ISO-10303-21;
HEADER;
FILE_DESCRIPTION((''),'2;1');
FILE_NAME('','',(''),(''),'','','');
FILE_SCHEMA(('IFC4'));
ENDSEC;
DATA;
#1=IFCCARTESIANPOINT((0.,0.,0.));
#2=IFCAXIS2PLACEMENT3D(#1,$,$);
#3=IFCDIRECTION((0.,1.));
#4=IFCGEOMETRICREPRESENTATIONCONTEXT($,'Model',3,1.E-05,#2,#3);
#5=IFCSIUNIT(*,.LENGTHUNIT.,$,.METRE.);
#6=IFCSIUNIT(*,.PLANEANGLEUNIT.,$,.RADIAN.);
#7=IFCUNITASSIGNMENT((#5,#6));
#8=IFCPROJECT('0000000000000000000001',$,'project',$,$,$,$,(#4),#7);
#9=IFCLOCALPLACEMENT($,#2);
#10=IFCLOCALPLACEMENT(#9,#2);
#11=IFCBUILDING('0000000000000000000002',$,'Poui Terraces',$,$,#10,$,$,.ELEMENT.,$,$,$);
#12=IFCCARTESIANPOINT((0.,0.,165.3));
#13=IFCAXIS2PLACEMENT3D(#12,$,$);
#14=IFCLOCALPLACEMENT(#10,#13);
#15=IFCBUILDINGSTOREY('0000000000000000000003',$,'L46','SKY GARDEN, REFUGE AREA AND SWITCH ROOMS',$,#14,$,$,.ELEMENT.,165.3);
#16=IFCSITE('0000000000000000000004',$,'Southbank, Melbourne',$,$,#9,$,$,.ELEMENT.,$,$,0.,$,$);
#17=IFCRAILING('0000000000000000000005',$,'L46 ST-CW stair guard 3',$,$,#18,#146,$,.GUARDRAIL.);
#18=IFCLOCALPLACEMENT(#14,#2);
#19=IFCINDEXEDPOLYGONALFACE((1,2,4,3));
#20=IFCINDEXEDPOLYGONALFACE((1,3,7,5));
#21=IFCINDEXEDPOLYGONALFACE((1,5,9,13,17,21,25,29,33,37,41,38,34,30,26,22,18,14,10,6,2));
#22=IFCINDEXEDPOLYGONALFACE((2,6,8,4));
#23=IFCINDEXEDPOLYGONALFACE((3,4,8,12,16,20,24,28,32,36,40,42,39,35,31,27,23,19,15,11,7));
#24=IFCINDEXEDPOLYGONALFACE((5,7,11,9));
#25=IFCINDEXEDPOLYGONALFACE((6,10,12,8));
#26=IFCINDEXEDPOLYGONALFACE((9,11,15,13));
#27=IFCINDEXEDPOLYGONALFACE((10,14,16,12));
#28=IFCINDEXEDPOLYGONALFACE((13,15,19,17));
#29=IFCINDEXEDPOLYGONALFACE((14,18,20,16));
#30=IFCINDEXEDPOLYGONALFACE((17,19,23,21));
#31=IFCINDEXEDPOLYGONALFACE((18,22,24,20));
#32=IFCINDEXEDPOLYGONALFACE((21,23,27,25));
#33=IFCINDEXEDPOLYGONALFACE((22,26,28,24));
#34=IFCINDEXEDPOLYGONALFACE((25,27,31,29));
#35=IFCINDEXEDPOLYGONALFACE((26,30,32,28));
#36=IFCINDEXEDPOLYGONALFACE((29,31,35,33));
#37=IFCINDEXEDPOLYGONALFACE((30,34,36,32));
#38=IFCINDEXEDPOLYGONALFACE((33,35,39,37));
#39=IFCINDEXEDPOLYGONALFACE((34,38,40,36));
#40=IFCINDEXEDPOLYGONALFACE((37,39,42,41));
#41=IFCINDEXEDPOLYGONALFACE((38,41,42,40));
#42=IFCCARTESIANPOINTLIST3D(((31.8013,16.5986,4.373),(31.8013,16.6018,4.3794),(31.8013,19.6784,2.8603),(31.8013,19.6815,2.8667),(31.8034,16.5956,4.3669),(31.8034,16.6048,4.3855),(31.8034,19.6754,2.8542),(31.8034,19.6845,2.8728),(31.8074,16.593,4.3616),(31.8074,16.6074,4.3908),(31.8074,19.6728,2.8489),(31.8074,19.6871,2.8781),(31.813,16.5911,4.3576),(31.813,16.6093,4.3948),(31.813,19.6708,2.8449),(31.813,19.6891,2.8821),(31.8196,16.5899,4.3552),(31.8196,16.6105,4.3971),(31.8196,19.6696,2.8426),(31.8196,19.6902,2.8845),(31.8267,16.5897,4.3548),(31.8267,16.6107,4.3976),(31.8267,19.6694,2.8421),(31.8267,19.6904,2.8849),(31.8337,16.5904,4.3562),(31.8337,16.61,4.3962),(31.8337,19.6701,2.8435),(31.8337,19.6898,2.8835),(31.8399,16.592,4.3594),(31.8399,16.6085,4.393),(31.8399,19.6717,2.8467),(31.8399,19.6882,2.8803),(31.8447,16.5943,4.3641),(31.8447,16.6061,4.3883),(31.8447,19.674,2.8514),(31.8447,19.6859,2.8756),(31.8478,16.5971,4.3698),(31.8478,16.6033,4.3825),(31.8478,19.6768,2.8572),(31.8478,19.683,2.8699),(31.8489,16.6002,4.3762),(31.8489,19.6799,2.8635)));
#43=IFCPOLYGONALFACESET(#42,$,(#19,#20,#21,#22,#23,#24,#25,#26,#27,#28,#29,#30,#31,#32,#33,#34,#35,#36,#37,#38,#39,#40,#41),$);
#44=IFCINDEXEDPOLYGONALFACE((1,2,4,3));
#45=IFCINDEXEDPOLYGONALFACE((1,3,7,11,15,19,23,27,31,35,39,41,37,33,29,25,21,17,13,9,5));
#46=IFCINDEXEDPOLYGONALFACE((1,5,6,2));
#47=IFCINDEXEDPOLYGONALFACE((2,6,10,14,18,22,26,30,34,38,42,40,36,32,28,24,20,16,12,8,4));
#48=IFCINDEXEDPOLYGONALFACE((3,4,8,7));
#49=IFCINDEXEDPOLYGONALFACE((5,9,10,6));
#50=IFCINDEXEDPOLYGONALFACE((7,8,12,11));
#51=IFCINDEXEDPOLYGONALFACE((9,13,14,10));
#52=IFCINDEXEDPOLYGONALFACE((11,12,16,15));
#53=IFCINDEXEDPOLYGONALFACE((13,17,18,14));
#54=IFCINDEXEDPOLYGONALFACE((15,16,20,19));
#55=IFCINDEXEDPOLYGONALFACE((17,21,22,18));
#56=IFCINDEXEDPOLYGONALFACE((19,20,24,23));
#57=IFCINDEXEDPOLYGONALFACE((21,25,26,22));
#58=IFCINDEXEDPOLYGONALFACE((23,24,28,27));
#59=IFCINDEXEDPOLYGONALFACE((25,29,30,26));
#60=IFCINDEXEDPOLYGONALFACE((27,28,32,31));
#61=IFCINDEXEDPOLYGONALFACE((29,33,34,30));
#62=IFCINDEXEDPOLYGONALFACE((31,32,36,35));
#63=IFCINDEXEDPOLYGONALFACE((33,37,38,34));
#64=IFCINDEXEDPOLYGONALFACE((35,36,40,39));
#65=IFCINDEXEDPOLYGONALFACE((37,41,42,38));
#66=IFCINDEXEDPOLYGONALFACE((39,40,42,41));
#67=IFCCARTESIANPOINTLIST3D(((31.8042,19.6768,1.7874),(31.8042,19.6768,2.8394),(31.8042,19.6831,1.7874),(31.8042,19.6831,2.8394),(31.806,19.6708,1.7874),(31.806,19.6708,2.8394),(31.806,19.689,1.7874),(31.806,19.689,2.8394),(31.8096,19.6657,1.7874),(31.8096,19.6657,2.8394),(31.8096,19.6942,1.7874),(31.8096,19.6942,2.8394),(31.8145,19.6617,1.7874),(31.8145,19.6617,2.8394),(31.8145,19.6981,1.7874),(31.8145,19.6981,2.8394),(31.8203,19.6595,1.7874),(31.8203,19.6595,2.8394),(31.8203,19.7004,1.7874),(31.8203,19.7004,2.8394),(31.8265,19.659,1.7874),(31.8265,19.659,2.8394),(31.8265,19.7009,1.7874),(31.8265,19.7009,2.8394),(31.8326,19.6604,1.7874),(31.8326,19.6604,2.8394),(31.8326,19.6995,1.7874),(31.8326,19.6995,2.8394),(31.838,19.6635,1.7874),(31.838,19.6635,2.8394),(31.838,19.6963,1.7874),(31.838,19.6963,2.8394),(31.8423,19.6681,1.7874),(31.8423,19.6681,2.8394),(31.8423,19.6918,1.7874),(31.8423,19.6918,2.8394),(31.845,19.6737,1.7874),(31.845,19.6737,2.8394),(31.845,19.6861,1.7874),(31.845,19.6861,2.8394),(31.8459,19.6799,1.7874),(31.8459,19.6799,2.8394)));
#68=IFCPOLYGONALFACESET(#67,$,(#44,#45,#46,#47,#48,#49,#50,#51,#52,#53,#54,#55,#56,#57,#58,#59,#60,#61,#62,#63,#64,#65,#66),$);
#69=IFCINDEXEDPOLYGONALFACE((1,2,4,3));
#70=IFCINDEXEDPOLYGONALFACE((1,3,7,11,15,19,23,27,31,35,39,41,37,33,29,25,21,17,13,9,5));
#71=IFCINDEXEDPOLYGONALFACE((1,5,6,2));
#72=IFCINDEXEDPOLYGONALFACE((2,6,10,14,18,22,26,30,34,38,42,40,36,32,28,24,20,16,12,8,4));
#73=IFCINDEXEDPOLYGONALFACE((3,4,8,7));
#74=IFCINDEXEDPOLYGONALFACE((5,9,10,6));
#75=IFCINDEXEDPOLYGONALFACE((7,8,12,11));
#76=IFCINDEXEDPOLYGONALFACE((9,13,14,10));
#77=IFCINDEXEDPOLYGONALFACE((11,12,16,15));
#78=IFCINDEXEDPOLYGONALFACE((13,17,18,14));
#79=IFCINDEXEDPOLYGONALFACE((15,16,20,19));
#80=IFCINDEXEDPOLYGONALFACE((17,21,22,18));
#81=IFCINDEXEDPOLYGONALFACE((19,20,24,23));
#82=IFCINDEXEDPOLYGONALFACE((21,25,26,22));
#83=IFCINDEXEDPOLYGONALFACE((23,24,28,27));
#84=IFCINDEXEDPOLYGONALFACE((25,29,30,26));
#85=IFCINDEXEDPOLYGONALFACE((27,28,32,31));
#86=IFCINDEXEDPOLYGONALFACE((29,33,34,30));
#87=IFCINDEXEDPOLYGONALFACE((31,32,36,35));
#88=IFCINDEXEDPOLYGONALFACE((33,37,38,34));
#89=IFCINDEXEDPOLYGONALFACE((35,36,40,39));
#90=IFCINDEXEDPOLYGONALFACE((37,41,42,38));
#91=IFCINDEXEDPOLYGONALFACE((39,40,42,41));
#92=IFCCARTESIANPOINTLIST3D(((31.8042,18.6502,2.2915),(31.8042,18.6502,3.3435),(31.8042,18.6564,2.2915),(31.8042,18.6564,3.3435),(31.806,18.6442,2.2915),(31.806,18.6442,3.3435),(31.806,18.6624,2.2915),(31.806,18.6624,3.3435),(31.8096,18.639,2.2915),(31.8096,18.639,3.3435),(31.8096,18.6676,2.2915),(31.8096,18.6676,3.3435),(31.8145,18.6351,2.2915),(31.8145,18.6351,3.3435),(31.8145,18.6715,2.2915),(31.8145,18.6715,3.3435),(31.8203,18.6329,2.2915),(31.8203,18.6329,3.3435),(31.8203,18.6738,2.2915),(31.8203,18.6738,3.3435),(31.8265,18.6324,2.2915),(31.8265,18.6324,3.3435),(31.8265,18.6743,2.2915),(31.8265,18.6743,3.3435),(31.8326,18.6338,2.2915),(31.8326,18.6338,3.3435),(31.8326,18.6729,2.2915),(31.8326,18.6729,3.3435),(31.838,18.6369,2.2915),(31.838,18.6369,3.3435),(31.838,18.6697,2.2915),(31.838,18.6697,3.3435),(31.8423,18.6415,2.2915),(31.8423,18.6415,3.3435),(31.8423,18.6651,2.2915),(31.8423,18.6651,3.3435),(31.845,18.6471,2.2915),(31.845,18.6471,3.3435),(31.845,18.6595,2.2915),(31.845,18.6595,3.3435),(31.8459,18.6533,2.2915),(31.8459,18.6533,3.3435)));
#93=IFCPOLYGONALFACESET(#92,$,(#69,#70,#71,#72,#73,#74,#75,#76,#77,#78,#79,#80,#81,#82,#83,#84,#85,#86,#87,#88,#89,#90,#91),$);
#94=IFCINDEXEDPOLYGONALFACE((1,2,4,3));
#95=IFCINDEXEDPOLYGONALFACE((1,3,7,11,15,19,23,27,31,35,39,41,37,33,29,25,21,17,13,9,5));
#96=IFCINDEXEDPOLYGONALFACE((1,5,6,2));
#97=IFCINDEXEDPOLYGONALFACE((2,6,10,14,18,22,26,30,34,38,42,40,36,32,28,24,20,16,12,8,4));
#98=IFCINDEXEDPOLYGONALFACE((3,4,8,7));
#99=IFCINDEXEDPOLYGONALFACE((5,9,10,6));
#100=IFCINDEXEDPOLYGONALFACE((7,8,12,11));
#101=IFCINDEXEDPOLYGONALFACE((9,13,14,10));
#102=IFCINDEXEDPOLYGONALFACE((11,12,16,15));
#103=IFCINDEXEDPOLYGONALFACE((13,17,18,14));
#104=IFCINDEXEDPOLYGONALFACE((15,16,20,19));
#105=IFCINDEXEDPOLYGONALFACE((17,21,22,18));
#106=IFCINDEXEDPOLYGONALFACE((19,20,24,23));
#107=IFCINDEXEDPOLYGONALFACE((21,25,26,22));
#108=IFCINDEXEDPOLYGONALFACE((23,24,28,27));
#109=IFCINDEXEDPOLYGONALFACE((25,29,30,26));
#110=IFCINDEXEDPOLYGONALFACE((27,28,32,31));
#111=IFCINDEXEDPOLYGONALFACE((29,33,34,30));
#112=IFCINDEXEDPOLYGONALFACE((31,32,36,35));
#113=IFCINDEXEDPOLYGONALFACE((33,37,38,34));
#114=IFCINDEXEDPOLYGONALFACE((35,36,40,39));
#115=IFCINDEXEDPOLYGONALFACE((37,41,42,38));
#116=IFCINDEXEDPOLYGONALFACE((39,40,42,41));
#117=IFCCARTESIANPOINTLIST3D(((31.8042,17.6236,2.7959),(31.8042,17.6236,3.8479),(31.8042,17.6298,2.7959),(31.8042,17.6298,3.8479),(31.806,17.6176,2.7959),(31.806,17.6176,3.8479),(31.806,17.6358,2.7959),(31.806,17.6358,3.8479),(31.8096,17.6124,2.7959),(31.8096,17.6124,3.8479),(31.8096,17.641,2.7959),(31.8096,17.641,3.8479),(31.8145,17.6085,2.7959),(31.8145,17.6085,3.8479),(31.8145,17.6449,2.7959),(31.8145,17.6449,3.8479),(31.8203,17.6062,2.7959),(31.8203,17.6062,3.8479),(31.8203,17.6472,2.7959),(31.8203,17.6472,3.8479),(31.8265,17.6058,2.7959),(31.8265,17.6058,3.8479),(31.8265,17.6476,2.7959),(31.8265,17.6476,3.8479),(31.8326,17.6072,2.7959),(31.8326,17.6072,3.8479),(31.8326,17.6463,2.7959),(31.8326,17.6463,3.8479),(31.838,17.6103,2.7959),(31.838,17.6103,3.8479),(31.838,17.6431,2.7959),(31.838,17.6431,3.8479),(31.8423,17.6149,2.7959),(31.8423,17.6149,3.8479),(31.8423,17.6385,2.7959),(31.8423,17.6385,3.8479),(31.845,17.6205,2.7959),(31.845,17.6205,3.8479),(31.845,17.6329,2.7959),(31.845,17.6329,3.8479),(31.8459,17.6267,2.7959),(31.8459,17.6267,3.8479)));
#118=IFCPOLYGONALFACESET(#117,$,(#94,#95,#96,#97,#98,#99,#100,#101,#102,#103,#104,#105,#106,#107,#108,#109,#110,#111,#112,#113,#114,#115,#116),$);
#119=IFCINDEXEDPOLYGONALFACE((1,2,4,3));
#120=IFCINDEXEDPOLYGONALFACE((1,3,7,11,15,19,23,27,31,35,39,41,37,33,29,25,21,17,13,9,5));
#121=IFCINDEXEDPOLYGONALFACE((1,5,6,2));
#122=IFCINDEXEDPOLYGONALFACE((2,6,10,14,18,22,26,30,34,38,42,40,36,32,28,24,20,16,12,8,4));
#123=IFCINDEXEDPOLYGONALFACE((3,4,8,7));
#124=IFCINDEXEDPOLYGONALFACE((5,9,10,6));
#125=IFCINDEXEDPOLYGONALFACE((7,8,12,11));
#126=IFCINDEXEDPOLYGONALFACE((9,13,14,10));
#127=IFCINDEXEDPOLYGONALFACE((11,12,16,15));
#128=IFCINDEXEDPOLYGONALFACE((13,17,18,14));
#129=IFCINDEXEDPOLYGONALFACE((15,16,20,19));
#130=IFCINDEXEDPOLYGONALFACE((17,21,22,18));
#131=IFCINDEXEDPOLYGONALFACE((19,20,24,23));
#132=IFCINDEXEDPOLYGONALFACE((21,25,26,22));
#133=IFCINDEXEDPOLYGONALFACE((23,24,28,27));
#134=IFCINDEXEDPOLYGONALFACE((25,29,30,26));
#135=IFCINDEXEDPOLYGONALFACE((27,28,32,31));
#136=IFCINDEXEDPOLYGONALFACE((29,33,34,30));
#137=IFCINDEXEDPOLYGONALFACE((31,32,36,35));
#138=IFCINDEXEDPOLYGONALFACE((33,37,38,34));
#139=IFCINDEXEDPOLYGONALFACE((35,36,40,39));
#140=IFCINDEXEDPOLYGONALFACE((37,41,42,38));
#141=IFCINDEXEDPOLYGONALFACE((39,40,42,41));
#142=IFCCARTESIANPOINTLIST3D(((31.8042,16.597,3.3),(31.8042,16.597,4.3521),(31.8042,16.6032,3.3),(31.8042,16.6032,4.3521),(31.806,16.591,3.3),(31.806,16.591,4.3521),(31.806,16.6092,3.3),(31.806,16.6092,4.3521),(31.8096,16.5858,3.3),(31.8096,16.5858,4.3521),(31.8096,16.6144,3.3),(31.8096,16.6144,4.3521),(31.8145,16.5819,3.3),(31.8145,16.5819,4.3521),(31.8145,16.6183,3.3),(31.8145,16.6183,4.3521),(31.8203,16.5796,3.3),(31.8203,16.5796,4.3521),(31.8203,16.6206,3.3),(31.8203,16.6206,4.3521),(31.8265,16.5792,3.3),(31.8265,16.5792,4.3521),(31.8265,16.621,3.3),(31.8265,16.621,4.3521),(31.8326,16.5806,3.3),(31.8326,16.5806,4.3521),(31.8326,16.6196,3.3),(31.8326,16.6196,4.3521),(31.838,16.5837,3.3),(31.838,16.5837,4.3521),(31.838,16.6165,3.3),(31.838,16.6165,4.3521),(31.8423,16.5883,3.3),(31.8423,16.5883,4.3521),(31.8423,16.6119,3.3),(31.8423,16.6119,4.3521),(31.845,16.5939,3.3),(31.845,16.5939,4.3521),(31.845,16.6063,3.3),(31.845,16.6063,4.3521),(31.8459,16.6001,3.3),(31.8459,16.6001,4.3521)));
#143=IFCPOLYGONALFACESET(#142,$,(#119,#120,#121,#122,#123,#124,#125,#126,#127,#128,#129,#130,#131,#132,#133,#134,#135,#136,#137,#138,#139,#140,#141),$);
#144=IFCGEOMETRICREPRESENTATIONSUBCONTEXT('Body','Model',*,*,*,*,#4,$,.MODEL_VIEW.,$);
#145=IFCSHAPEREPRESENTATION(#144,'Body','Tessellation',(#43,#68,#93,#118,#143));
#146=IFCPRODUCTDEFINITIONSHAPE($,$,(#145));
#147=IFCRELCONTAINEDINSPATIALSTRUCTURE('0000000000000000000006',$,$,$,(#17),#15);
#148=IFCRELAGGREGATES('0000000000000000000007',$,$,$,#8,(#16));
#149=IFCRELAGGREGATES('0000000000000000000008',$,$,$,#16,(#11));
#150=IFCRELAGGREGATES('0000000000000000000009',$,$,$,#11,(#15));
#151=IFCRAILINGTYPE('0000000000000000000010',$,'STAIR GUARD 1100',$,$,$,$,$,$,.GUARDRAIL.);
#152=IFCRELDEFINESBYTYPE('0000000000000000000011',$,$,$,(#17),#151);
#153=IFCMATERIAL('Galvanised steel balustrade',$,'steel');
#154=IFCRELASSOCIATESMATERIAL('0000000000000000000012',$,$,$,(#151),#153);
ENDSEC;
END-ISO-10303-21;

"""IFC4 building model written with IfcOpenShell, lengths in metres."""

from ifc_helpers import new_model, si_unit, direction, frame, origin, origin_2d, place, context, subcontext, project, spatial, circle, extrude, material, type_object, element, save


model = new_model("IFC4")

# Units and contexts
model_context = context("Model", 3, precision=1e-05, world=origin(), true_north=direction((0.0, 1.0)))
body_context = subcontext(model_context, "Body", "Model", "MODEL_VIEW")
ifc_project = project(units=[si_unit("LENGTHUNIT", "METRE"), si_unit("PLANEANGLEUNIT", "RADIAN")], contexts=[model_context])

# Site, building, storey
site_placement = place(None, origin())
site = spatial("IfcSite", under=ifc_project, at=site_placement, Name="Southbank, Melbourne", CompositionType="ELEMENT", RefElevation=0.0)
building_placement = place(site_placement, origin())
building = spatial("IfcBuilding", under=site, at=building_placement, Name="Poui Terraces", CompositionType="ELEMENT")
storey_placement = place(building_placement, frame((0.0, 0.0, 165.3)))
storey = spatial("IfcBuildingStorey", under=building, at=storey_placement, Name="L46", Description="SKY GARDEN, REFUGE AREA AND SWITCH ROOMS", CompositionType="ELEMENT", Elevation=165.3)

# Railing
ifc_material_1 = material(Name="Galvanised steel balustrade", Category="steel")
railing_type_1 = type_object("IfcRailingType", Name="STAIR GUARD 1100", PredefinedType="GUARDRAIL", material=ifc_material_1)
railing_1_placement = place(storey_placement, frame((31.825, 19.6799, 1.7874)))
element("IfcRailing", 1, at=railing_1_placement, inside=storey, type_object=railing_type_1, Name="L46 ST-CW stair guard 3", PredefinedType="GUARDRAIL", context=body_context, shape_type="SweptSolid", body=[
    extrude(circle(Radius=0.0239, at=origin_2d()), frame((0.0, 0.0, 1.0762), z_axis=(0.0, -0.897578, 0.440856), x_axis=(1.0, 0.0, 0.0)), (0.0, 0.0, 1.0), 3.4312),
    extrude(circle(Radius=0.021, at=origin_2d()), origin(), (0.0, 0.0, 1.0), 1.052),
    extrude(circle(Radius=0.021, at=origin_2d()), frame((0.0, -1.0266, 0.5042)), (0.0, 0.0, 1.0), 1.052),
    extrude(circle(Radius=0.021, at=origin_2d()), frame((0.0, -2.0532, 1.0085)), (0.0, 0.0, 1.0), 1.052),
    extrude(circle(Radius=0.021, at=origin_2d()), frame((0.0, -3.0798, 1.5127)), (0.0, 0.0, 1.0), 1.052),
])

save(model, "model.ifc")
